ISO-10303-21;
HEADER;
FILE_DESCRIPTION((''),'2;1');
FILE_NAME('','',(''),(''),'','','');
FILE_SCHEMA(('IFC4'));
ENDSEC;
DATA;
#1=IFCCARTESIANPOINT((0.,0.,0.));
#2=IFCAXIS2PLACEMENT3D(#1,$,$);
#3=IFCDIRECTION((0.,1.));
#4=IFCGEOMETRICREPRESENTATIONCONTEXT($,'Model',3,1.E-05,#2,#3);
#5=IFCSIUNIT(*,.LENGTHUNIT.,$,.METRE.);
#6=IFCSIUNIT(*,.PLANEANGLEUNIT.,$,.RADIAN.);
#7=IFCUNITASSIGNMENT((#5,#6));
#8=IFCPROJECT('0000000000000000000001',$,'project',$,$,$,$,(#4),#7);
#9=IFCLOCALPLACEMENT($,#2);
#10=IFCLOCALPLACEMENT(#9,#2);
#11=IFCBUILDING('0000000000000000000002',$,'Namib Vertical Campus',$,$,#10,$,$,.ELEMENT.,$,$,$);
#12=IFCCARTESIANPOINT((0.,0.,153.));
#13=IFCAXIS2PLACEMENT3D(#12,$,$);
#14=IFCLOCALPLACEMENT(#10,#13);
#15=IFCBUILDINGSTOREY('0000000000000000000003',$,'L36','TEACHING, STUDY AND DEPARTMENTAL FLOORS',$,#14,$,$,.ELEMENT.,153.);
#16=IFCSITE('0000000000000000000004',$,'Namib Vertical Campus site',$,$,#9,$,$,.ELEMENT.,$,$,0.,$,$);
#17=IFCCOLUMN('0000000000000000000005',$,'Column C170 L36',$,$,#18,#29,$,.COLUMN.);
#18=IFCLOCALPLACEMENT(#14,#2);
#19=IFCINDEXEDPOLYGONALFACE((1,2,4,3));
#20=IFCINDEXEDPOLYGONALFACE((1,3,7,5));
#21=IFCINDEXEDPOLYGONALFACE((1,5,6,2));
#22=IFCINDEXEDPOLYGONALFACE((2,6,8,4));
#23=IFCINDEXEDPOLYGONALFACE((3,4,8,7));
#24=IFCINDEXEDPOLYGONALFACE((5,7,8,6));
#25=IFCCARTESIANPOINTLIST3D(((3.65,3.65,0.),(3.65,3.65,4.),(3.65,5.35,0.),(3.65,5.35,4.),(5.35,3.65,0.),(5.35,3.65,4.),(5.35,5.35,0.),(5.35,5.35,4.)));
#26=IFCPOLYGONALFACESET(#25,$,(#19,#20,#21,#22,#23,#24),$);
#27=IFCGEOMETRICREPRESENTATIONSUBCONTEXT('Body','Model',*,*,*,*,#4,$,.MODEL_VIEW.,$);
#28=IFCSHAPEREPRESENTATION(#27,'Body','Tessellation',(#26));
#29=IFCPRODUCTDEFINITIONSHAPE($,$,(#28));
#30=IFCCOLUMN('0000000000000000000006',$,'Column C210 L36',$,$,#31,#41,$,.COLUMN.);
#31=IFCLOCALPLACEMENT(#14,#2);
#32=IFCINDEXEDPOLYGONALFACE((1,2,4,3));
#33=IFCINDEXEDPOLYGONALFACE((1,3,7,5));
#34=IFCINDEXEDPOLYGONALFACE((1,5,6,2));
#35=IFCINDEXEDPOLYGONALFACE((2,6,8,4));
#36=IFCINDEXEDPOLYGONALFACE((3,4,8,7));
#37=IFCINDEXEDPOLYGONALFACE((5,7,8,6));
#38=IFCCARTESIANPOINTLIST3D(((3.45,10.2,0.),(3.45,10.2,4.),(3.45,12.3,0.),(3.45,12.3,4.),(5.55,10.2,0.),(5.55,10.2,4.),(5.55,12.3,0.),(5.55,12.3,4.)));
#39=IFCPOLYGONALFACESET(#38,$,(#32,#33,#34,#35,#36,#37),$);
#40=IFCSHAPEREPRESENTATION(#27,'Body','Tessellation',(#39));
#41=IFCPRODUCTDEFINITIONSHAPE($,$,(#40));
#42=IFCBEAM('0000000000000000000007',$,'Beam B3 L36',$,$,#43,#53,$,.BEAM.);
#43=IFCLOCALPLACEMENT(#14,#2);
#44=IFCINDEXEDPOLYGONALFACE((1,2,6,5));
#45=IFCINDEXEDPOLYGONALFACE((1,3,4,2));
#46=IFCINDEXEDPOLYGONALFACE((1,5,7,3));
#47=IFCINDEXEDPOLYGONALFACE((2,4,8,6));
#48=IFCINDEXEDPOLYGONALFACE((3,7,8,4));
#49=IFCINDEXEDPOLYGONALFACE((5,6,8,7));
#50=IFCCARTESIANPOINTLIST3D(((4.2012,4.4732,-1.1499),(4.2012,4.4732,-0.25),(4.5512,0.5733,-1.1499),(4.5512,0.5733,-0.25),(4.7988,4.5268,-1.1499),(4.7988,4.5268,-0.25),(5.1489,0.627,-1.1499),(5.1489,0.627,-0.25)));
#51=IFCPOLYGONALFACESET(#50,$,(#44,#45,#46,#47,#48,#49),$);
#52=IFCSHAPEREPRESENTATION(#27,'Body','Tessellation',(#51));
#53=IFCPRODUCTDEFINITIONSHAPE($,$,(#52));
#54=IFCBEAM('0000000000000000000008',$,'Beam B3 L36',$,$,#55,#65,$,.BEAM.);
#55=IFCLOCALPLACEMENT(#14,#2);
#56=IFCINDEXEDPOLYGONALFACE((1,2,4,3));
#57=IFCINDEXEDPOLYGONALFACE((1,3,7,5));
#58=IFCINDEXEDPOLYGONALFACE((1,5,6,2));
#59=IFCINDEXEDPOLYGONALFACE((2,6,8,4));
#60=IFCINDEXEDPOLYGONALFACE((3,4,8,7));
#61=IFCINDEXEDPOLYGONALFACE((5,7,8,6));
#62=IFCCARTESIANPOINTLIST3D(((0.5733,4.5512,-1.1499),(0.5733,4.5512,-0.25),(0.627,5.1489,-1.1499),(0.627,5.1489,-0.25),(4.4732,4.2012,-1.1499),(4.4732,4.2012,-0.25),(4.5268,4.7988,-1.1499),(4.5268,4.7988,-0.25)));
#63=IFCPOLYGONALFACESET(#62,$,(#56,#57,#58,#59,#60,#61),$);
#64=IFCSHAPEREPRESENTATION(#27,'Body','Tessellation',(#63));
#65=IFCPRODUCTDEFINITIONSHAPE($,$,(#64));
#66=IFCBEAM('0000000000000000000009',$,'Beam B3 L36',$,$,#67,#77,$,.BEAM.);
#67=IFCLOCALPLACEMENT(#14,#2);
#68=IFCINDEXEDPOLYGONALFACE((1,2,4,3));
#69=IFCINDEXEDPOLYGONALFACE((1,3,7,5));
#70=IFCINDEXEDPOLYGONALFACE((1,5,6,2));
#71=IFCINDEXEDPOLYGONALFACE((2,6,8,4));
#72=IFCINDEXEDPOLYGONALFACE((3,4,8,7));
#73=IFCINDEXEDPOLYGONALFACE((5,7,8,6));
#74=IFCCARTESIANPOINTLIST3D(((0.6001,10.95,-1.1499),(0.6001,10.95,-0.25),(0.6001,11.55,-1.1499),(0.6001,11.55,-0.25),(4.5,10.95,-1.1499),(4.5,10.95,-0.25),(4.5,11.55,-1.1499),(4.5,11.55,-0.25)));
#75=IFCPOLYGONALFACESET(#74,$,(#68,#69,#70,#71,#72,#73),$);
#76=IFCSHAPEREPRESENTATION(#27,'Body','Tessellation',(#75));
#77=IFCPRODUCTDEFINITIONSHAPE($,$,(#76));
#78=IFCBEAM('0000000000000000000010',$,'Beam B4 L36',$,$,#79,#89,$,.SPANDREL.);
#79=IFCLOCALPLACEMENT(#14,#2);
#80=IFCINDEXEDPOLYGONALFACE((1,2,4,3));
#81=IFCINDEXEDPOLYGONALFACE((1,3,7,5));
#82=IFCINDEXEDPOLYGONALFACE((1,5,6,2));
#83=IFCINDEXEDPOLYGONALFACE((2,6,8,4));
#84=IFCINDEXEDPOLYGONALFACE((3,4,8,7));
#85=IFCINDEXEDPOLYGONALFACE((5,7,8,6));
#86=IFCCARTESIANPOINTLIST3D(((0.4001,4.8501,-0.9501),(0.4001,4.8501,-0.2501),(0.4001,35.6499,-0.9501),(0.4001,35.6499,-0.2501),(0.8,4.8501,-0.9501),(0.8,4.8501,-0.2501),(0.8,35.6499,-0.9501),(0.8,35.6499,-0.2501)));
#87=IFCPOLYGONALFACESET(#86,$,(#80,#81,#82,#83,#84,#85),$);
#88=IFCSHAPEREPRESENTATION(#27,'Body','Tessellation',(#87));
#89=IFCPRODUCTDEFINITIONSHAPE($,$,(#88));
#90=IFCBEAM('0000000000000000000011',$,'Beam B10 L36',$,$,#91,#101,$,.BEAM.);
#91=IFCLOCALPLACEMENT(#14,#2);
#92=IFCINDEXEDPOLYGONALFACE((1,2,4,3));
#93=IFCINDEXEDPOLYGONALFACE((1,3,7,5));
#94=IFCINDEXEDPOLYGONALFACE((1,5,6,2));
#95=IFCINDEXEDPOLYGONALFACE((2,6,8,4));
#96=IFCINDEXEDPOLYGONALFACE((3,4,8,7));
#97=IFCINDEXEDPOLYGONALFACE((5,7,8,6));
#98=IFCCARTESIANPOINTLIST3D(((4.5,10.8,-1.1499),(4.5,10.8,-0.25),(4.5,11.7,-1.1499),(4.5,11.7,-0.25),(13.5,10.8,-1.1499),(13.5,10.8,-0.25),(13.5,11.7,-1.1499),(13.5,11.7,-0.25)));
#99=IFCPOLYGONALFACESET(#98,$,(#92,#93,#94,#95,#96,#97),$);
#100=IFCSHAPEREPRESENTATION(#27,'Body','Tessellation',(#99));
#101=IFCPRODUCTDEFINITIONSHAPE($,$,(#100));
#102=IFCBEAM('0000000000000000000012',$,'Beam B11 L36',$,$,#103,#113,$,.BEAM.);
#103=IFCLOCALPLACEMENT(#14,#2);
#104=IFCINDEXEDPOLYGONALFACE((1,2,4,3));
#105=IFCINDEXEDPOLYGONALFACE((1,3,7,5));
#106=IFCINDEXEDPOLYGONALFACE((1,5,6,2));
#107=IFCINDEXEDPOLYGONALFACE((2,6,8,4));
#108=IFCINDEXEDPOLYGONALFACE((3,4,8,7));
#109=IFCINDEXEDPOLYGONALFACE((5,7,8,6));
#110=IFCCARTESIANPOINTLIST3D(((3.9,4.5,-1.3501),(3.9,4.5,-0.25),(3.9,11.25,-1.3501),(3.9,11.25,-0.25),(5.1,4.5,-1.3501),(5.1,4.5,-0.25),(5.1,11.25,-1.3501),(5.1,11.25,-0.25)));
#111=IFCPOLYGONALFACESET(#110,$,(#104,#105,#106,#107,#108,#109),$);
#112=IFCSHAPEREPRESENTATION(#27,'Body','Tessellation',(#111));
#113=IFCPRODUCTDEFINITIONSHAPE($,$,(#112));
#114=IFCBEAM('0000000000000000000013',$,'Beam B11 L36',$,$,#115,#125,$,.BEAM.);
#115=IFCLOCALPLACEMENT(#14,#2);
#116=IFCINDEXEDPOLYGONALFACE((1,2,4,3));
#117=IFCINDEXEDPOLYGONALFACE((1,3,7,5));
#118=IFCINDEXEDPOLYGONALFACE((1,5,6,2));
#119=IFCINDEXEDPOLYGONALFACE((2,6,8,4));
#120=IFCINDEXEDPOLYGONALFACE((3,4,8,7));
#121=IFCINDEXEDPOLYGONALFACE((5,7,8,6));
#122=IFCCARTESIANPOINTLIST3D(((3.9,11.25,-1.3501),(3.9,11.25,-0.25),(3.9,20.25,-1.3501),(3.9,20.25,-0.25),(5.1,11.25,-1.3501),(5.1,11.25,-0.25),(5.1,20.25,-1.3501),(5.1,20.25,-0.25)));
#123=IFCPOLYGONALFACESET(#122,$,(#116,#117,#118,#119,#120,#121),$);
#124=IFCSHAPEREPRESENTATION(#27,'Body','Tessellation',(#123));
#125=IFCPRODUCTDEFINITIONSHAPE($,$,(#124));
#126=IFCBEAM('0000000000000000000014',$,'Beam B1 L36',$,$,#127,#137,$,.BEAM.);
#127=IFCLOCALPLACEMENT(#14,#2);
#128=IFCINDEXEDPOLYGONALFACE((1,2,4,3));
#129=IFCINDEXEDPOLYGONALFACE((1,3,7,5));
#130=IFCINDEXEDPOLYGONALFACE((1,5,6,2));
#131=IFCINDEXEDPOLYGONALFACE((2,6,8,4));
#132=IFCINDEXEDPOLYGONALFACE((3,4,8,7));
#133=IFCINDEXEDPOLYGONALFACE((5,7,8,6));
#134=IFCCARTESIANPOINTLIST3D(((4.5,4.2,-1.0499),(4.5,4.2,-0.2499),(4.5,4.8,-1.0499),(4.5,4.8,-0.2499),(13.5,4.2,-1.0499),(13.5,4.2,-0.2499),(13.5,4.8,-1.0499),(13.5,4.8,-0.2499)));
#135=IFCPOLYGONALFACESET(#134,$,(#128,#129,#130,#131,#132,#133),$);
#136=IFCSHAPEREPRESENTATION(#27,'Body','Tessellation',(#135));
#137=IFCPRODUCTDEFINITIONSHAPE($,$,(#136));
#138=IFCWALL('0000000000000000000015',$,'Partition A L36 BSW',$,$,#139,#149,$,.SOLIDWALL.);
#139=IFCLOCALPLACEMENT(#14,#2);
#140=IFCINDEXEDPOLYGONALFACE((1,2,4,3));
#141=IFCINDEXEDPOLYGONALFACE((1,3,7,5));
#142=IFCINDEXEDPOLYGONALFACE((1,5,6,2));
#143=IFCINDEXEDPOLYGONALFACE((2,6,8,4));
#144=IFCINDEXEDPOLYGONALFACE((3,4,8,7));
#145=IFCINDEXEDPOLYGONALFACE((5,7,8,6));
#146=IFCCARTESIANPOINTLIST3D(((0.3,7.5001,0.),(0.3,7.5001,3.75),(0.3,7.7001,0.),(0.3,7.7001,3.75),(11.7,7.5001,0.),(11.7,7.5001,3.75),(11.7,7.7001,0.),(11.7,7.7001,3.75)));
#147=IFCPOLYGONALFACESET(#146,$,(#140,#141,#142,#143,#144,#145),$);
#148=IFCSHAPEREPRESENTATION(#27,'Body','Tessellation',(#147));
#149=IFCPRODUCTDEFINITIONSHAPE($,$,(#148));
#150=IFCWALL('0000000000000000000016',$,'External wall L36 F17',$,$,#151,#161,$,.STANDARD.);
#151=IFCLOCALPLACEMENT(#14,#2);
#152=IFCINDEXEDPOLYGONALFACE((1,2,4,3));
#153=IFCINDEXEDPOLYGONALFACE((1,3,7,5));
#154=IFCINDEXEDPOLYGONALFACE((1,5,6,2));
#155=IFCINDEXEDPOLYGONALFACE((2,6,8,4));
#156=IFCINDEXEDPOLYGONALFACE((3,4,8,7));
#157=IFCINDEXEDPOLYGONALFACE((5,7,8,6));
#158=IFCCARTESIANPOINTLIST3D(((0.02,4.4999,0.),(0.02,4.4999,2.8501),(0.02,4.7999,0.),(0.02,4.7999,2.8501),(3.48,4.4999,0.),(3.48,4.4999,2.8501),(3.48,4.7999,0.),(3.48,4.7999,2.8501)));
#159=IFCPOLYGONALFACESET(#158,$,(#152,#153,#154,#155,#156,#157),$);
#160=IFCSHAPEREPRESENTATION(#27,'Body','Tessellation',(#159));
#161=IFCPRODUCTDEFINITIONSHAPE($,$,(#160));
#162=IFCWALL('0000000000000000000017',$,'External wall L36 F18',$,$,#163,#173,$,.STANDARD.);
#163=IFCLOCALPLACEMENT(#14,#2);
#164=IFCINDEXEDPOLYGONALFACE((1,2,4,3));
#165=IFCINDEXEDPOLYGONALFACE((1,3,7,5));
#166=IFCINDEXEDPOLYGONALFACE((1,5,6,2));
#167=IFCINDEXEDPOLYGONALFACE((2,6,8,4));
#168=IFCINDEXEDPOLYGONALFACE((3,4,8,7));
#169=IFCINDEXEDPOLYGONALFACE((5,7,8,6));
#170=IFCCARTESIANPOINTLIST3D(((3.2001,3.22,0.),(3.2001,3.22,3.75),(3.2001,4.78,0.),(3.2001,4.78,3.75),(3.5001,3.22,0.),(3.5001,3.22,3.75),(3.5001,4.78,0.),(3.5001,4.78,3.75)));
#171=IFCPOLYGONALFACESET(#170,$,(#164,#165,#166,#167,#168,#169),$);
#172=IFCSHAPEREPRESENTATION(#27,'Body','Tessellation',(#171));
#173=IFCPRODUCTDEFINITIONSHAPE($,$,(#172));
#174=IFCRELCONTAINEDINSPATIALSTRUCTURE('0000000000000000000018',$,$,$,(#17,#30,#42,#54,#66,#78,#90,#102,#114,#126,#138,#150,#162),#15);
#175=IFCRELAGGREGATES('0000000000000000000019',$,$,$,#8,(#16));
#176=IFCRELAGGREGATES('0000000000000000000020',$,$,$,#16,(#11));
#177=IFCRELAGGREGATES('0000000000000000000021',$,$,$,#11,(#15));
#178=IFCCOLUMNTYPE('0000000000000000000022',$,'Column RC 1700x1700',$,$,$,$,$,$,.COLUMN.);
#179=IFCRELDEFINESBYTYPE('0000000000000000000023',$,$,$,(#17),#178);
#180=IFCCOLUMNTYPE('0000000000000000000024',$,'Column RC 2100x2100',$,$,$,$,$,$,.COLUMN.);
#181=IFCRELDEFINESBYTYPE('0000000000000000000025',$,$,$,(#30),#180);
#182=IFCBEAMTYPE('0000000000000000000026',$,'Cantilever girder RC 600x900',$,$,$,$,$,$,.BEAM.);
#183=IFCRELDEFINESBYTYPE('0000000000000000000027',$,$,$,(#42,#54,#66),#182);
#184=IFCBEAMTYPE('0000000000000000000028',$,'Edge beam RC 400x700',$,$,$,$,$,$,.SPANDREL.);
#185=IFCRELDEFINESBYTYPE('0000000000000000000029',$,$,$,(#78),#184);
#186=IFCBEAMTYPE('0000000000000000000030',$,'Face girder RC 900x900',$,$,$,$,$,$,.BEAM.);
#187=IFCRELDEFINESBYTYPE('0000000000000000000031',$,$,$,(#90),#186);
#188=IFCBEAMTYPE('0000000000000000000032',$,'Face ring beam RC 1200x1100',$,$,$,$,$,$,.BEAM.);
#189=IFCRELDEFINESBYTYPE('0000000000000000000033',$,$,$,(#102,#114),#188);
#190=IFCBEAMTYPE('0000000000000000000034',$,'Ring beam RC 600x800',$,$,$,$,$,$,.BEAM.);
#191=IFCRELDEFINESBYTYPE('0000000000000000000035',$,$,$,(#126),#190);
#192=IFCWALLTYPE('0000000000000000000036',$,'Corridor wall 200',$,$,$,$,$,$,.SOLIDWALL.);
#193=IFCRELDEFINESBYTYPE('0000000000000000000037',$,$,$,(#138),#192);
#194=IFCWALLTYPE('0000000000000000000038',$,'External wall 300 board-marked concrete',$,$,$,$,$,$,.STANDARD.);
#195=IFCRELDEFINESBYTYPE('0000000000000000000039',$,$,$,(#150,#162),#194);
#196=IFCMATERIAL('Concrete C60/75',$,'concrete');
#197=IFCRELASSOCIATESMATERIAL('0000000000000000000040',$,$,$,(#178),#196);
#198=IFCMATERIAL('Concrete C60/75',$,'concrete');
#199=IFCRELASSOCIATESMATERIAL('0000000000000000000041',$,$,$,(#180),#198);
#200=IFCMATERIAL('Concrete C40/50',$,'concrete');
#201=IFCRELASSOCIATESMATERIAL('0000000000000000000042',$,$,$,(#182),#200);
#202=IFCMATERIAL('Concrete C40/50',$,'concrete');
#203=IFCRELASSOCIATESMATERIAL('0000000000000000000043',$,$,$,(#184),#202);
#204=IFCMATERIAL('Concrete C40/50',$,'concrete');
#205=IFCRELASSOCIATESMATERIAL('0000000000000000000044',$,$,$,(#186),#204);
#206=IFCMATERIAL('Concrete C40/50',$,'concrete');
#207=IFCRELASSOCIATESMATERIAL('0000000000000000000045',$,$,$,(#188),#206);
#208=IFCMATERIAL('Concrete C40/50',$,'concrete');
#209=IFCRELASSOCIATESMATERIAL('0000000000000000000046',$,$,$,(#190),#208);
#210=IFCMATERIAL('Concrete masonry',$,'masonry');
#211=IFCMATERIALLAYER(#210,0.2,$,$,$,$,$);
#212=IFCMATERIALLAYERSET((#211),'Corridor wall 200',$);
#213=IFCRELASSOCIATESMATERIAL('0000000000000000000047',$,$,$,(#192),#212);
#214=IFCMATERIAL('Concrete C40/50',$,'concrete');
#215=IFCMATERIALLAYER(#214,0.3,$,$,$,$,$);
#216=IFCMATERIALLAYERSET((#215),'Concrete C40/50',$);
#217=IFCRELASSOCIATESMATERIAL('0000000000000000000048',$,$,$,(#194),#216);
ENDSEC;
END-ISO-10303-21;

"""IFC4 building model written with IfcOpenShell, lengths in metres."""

from ifc_helpers import new_model, si_unit, direction, frame, frame_2d, origin, origin_2d, place, context, subcontext, project, spatial, rectangle, extrude, material, layer, layer_set, material_profile, profile_set, type_object, element, save


model = new_model("IFC4")

# Units and contexts
model_context = context("Model", 3, precision=1e-05, world=origin(), true_north=direction((0.0, 1.0)))
body_context = subcontext(model_context, "Body", "Model", "MODEL_VIEW")
ifc_project = project(units=[si_unit("LENGTHUNIT", "METRE"), si_unit("PLANEANGLEUNIT", "RADIAN")], contexts=[model_context])

# Site, building, storey
site_placement = place(None, origin())
site = spatial("IfcSite", under=ifc_project, at=site_placement, Name="Namib Vertical Campus site", CompositionType="ELEMENT", RefElevation=0.0)
building_placement = place(site_placement, origin())
building = spatial("IfcBuilding", under=site, at=building_placement, Name="Namib Vertical Campus", CompositionType="ELEMENT")
storey_placement = place(building_placement, frame((0.0, 0.0, 153.0)))
storey = spatial("IfcBuildingStorey", under=building, at=storey_placement, Name="L36", Description="TEACHING, STUDY AND DEPARTMENTAL FLOORS", CompositionType="ELEMENT", Elevation=153.0)

# Columns
ifc_material_1 = material(Name="Concrete C60/75", Category="concrete")
ifc_material_profile_1 = material_profile(ifc_material_1, rectangle(XDim=1.7, YDim=1.7, at=origin_2d()))
ifc_profile_set_1 = profile_set([ifc_material_profile_1], Name="Concrete C60/75")
column_type_1 = type_object("IfcColumnType", Name="Column RC 1700x1700", PredefinedType="COLUMN", material=ifc_profile_set_1)
column_1_placement = place(storey_placement, frame((4.5, 4.5, 0.0), z_axis=(0.0, 0.0, 1.0), x_axis=(1.0, 0.0, 0.0)))
element("IfcColumn", 1, at=column_1_placement, inside=storey, type_object=column_type_1, Name="Column C170 L36", PredefinedType="COLUMN", context=body_context, shape_type="SweptSolid", body=[
    extrude(rectangle(XDim=1.7, YDim=1.7, at=origin_2d()), origin(), (0.0, 0.0, 1.0), 4.0),
])
ifc_material_2 = material(Name="Concrete C60/75", Category="concrete")
ifc_material_profile_2 = material_profile(ifc_material_2, rectangle(XDim=2.1001, YDim=2.1001, at=origin_2d()))
ifc_profile_set_2 = profile_set([ifc_material_profile_2], Name="Concrete C60/75")
column_type_2 = type_object("IfcColumnType", Name="Column RC 2100x2100", PredefinedType="COLUMN", material=ifc_profile_set_2)
column_2_placement = place(storey_placement, frame((4.5, 11.25, 0.0), z_axis=(0.0, 0.0, 1.0), x_axis=(1.0, 0.0, 0.0)))
element("IfcColumn", 2, at=column_2_placement, inside=storey, type_object=column_type_2, Name="Column C210 L36", PredefinedType="COLUMN", context=body_context, shape_type="SweptSolid", body=[
    extrude(rectangle(XDim=2.1001, YDim=2.1001, at=origin_2d()), origin(), (0.0, 0.0, 1.0), 4.0),
])

# Beams
ifc_material_3 = material(Name="Concrete C40/50", Category="concrete")
ifc_material_profile_3 = material_profile(ifc_material_3, rectangle(XDim=0.6001, YDim=0.8999, at=origin_2d()))
ifc_profile_set_3 = profile_set([ifc_material_profile_3], Name="Concrete C40/50")
beam_type_1 = type_object("IfcBeamType", Name="Cantilever girder RC 600x900", PredefinedType="BEAM", material=ifc_profile_set_3)
for number, where, z_axis, x_axis, name in (
    (3, (4.5, 4.5, -0.7), (0.089411, -0.995995, 0.0), (0.995995, 0.089411, 0.0), "Beam B3 L36"),
    (4, (4.5, 4.5, -0.7), (-0.995995, 0.089411, 0.0), (-0.089411, -0.995995, 0.0), "Beam B3 L36"),
):
    element("IfcBeam", number, at=place(storey_placement, frame(where, z_axis=z_axis, x_axis=x_axis)), inside=storey, type_object=beam_type_1, Name=name, PredefinedType="BEAM", context=body_context, shape_type="SweptSolid", body=[
        extrude(rectangle(XDim=0.6001, YDim=0.8999, at=origin_2d()), origin(), (0.0, 0.0, 1.0), 3.9155),
    ])
beam_1_placement = place(storey_placement, frame((4.5, 11.25, -0.7), z_axis=(-1.0, 0.0, 0.0), x_axis=(0.0, -1.0, 0.0)))
element("IfcBeam", 5, at=beam_1_placement, inside=storey, type_object=beam_type_1, Name="Beam B3 L36", PredefinedType="BEAM", context=body_context, shape_type="SweptSolid", body=[
    extrude(rectangle(XDim=0.6001, YDim=0.8999, at=origin_2d()), origin(), (0.0, 0.0, 1.0), 3.8999),
])
ifc_material_4 = material(Name="Concrete C40/50", Category="concrete")
ifc_material_profile_4 = material_profile(ifc_material_4, rectangle(XDim=0.3999, YDim=0.7, at=origin_2d()))
ifc_profile_set_4 = profile_set([ifc_material_profile_4], Name="Concrete C40/50")
beam_type_2 = type_object("IfcBeamType", Name="Edge beam RC 400x700", PredefinedType="SPANDREL", material=ifc_profile_set_4)
beam_2_placement = place(storey_placement, frame((0.6001, 4.8501, -0.6001), z_axis=(0.0, 1.0, 0.0), x_axis=(-1.0, 0.0, 0.0)))
element("IfcBeam", 6, at=beam_2_placement, inside=storey, type_object=beam_type_2, Name="Beam B4 L36", PredefinedType="SPANDREL", context=body_context, shape_type="SweptSolid", body=[
    extrude(rectangle(XDim=0.3999, YDim=0.7, at=origin_2d()), origin(), (0.0, 0.0, 1.0), 30.7998),
])
ifc_material_5 = material(Name="Concrete C40/50", Category="concrete")
ifc_material_profile_5 = material_profile(ifc_material_5, rectangle(XDim=0.8999, YDim=0.8999, at=origin_2d()))
ifc_profile_set_5 = profile_set([ifc_material_profile_5], Name="Concrete C40/50")
beam_type_3 = type_object("IfcBeamType", Name="Face girder RC 900x900", PredefinedType="BEAM", material=ifc_profile_set_5)
beam_3_placement = place(storey_placement, frame((4.5, 11.25, -0.7), z_axis=(1.0, 0.0, 0.0), x_axis=(0.0, 1.0, 0.0)))
element("IfcBeam", 7, at=beam_3_placement, inside=storey, type_object=beam_type_3, Name="Beam B10 L36", PredefinedType="BEAM", context=body_context, shape_type="SweptSolid", body=[
    extrude(rectangle(XDim=0.8999, YDim=0.8999, at=origin_2d()), origin(), (0.0, 0.0, 1.0), 9.0),
])
ifc_material_6 = material(Name="Concrete C40/50", Category="concrete")
ifc_material_profile_6 = material_profile(ifc_material_6, rectangle(XDim=1.2, YDim=1.1001, at=origin_2d()))
ifc_profile_set_6 = profile_set([ifc_material_profile_6], Name="Concrete C40/50")
beam_type_4 = type_object("IfcBeamType", Name="Face ring beam RC 1200x1100", PredefinedType="BEAM", material=ifc_profile_set_6)
beam_4_placement = place(storey_placement, frame((4.5, 4.5, -0.8), z_axis=(0.0, 1.0, 0.0), x_axis=(-1.0, 0.0, 0.0)))
element("IfcBeam", 8, at=beam_4_placement, inside=storey, type_object=beam_type_4, Name="Beam B11 L36", PredefinedType="BEAM", context=body_context, shape_type="SweptSolid", body=[
    extrude(rectangle(XDim=1.2, YDim=1.1001, at=origin_2d()), origin(), (0.0, 0.0, 1.0), 6.75),
])
beam_5_placement = place(storey_placement, frame((4.5, 11.25, -0.8), z_axis=(0.0, 1.0, 0.0), x_axis=(-1.0, 0.0, 0.0)))
element("IfcBeam", 9, at=beam_5_placement, inside=storey, type_object=beam_type_4, Name="Beam B11 L36", PredefinedType="BEAM", context=body_context, shape_type="SweptSolid", body=[
    extrude(rectangle(XDim=1.2, YDim=1.1001, at=origin_2d()), origin(), (0.0, 0.0, 1.0), 9.0),
])
ifc_material_7 = material(Name="Concrete C40/50", Category="concrete")
ifc_material_profile_7 = material_profile(ifc_material_7, rectangle(XDim=0.6001, YDim=0.8, at=origin_2d()))
ifc_profile_set_7 = profile_set([ifc_material_profile_7], Name="Concrete C40/50")
beam_type_5 = type_object("IfcBeamType", Name="Ring beam RC 600x800", PredefinedType="BEAM", material=ifc_profile_set_7)
beam_6_placement = place(storey_placement, frame((4.5, 4.5, -0.6499), z_axis=(1.0, 0.0, 0.0), x_axis=(0.0, 1.0, 0.0)))
element("IfcBeam", 10, at=beam_6_placement, inside=storey, type_object=beam_type_5, Name="Beam B1 L36", PredefinedType="BEAM", context=body_context, shape_type="SweptSolid", body=[
    extrude(rectangle(XDim=0.6001, YDim=0.8, at=origin_2d()), origin(), (0.0, 0.0, 1.0), 9.0),
])

# Walls
ifc_material_8 = material(Name="Concrete masonry", Category="masonry")
ifc_layer_1 = layer(ifc_material_8, 0.2)
ifc_layer_set_1 = layer_set([ifc_layer_1], Name="Corridor wall 200")
wall_type_1 = type_object("IfcWallType", Name="Corridor wall 200", PredefinedType="SOLIDWALL", material=ifc_layer_set_1)
wall_1_placement = place(storey_placement, frame((0.3, 7.6001, 0.0), z_axis=(0.0, 0.0, 1.0), x_axis=(1.0, 0.0, 0.0)))
element("IfcWall", 11, at=wall_1_placement, inside=storey, type_object=wall_type_1, Name="Partition A L36 BSW", PredefinedType="SOLIDWALL", context=body_context, shape_type="SweptSolid", body=[
    extrude(rectangle(XDim=11.3999, YDim=0.2, at=frame_2d((5.7, 0.0))), origin(), (0.0, 0.0, 1.0), 3.75),
])
ifc_material_9 = material(Name="Concrete C40/50", Category="concrete")
ifc_layer_2 = layer(ifc_material_9, 0.3)
ifc_layer_set_2 = layer_set([ifc_layer_2], Name="Concrete C40/50")
wall_type_2 = type_object("IfcWallType", Name="External wall 300 board-marked concrete", PredefinedType="STANDARD", material=ifc_layer_set_2)
wall_2_placement = place(storey_placement, frame((0.02, 4.6499, 0.0), z_axis=(0.0, 0.0, 1.0), x_axis=(1.0, 0.0, 0.0)))
element("IfcWall", 12, at=wall_2_placement, inside=storey, type_object=wall_type_2, Name="External wall L36 F17", PredefinedType="STANDARD", context=body_context, shape_type="SweptSolid", body=[
    extrude(rectangle(XDim=3.46, YDim=0.3, at=frame_2d((1.73, 0.0))), origin(), (0.0, 0.0, 1.0), 2.8501),
])
for number, where, z_axis, x_axis, name in (
    (13, (3.3501, 4.78, 0.0), (0.0, 0.0, 1.0), (0.0, -1.0, 0.0), "External wall L36 F18"),
):
    element("IfcWall", number, at=place(storey_placement, frame(where, z_axis=z_axis, x_axis=x_axis)), inside=storey, type_object=wall_type_2, Name=name, PredefinedType="STANDARD", context=body_context, shape_type="SweptSolid", body=[
        extrude(rectangle(XDim=1.5601, YDim=0.3, at=frame_2d((0.78, 0.0))), origin(), (0.0, 0.0, 1.0), 3.75),
    ])

save(model, "model.ifc")
